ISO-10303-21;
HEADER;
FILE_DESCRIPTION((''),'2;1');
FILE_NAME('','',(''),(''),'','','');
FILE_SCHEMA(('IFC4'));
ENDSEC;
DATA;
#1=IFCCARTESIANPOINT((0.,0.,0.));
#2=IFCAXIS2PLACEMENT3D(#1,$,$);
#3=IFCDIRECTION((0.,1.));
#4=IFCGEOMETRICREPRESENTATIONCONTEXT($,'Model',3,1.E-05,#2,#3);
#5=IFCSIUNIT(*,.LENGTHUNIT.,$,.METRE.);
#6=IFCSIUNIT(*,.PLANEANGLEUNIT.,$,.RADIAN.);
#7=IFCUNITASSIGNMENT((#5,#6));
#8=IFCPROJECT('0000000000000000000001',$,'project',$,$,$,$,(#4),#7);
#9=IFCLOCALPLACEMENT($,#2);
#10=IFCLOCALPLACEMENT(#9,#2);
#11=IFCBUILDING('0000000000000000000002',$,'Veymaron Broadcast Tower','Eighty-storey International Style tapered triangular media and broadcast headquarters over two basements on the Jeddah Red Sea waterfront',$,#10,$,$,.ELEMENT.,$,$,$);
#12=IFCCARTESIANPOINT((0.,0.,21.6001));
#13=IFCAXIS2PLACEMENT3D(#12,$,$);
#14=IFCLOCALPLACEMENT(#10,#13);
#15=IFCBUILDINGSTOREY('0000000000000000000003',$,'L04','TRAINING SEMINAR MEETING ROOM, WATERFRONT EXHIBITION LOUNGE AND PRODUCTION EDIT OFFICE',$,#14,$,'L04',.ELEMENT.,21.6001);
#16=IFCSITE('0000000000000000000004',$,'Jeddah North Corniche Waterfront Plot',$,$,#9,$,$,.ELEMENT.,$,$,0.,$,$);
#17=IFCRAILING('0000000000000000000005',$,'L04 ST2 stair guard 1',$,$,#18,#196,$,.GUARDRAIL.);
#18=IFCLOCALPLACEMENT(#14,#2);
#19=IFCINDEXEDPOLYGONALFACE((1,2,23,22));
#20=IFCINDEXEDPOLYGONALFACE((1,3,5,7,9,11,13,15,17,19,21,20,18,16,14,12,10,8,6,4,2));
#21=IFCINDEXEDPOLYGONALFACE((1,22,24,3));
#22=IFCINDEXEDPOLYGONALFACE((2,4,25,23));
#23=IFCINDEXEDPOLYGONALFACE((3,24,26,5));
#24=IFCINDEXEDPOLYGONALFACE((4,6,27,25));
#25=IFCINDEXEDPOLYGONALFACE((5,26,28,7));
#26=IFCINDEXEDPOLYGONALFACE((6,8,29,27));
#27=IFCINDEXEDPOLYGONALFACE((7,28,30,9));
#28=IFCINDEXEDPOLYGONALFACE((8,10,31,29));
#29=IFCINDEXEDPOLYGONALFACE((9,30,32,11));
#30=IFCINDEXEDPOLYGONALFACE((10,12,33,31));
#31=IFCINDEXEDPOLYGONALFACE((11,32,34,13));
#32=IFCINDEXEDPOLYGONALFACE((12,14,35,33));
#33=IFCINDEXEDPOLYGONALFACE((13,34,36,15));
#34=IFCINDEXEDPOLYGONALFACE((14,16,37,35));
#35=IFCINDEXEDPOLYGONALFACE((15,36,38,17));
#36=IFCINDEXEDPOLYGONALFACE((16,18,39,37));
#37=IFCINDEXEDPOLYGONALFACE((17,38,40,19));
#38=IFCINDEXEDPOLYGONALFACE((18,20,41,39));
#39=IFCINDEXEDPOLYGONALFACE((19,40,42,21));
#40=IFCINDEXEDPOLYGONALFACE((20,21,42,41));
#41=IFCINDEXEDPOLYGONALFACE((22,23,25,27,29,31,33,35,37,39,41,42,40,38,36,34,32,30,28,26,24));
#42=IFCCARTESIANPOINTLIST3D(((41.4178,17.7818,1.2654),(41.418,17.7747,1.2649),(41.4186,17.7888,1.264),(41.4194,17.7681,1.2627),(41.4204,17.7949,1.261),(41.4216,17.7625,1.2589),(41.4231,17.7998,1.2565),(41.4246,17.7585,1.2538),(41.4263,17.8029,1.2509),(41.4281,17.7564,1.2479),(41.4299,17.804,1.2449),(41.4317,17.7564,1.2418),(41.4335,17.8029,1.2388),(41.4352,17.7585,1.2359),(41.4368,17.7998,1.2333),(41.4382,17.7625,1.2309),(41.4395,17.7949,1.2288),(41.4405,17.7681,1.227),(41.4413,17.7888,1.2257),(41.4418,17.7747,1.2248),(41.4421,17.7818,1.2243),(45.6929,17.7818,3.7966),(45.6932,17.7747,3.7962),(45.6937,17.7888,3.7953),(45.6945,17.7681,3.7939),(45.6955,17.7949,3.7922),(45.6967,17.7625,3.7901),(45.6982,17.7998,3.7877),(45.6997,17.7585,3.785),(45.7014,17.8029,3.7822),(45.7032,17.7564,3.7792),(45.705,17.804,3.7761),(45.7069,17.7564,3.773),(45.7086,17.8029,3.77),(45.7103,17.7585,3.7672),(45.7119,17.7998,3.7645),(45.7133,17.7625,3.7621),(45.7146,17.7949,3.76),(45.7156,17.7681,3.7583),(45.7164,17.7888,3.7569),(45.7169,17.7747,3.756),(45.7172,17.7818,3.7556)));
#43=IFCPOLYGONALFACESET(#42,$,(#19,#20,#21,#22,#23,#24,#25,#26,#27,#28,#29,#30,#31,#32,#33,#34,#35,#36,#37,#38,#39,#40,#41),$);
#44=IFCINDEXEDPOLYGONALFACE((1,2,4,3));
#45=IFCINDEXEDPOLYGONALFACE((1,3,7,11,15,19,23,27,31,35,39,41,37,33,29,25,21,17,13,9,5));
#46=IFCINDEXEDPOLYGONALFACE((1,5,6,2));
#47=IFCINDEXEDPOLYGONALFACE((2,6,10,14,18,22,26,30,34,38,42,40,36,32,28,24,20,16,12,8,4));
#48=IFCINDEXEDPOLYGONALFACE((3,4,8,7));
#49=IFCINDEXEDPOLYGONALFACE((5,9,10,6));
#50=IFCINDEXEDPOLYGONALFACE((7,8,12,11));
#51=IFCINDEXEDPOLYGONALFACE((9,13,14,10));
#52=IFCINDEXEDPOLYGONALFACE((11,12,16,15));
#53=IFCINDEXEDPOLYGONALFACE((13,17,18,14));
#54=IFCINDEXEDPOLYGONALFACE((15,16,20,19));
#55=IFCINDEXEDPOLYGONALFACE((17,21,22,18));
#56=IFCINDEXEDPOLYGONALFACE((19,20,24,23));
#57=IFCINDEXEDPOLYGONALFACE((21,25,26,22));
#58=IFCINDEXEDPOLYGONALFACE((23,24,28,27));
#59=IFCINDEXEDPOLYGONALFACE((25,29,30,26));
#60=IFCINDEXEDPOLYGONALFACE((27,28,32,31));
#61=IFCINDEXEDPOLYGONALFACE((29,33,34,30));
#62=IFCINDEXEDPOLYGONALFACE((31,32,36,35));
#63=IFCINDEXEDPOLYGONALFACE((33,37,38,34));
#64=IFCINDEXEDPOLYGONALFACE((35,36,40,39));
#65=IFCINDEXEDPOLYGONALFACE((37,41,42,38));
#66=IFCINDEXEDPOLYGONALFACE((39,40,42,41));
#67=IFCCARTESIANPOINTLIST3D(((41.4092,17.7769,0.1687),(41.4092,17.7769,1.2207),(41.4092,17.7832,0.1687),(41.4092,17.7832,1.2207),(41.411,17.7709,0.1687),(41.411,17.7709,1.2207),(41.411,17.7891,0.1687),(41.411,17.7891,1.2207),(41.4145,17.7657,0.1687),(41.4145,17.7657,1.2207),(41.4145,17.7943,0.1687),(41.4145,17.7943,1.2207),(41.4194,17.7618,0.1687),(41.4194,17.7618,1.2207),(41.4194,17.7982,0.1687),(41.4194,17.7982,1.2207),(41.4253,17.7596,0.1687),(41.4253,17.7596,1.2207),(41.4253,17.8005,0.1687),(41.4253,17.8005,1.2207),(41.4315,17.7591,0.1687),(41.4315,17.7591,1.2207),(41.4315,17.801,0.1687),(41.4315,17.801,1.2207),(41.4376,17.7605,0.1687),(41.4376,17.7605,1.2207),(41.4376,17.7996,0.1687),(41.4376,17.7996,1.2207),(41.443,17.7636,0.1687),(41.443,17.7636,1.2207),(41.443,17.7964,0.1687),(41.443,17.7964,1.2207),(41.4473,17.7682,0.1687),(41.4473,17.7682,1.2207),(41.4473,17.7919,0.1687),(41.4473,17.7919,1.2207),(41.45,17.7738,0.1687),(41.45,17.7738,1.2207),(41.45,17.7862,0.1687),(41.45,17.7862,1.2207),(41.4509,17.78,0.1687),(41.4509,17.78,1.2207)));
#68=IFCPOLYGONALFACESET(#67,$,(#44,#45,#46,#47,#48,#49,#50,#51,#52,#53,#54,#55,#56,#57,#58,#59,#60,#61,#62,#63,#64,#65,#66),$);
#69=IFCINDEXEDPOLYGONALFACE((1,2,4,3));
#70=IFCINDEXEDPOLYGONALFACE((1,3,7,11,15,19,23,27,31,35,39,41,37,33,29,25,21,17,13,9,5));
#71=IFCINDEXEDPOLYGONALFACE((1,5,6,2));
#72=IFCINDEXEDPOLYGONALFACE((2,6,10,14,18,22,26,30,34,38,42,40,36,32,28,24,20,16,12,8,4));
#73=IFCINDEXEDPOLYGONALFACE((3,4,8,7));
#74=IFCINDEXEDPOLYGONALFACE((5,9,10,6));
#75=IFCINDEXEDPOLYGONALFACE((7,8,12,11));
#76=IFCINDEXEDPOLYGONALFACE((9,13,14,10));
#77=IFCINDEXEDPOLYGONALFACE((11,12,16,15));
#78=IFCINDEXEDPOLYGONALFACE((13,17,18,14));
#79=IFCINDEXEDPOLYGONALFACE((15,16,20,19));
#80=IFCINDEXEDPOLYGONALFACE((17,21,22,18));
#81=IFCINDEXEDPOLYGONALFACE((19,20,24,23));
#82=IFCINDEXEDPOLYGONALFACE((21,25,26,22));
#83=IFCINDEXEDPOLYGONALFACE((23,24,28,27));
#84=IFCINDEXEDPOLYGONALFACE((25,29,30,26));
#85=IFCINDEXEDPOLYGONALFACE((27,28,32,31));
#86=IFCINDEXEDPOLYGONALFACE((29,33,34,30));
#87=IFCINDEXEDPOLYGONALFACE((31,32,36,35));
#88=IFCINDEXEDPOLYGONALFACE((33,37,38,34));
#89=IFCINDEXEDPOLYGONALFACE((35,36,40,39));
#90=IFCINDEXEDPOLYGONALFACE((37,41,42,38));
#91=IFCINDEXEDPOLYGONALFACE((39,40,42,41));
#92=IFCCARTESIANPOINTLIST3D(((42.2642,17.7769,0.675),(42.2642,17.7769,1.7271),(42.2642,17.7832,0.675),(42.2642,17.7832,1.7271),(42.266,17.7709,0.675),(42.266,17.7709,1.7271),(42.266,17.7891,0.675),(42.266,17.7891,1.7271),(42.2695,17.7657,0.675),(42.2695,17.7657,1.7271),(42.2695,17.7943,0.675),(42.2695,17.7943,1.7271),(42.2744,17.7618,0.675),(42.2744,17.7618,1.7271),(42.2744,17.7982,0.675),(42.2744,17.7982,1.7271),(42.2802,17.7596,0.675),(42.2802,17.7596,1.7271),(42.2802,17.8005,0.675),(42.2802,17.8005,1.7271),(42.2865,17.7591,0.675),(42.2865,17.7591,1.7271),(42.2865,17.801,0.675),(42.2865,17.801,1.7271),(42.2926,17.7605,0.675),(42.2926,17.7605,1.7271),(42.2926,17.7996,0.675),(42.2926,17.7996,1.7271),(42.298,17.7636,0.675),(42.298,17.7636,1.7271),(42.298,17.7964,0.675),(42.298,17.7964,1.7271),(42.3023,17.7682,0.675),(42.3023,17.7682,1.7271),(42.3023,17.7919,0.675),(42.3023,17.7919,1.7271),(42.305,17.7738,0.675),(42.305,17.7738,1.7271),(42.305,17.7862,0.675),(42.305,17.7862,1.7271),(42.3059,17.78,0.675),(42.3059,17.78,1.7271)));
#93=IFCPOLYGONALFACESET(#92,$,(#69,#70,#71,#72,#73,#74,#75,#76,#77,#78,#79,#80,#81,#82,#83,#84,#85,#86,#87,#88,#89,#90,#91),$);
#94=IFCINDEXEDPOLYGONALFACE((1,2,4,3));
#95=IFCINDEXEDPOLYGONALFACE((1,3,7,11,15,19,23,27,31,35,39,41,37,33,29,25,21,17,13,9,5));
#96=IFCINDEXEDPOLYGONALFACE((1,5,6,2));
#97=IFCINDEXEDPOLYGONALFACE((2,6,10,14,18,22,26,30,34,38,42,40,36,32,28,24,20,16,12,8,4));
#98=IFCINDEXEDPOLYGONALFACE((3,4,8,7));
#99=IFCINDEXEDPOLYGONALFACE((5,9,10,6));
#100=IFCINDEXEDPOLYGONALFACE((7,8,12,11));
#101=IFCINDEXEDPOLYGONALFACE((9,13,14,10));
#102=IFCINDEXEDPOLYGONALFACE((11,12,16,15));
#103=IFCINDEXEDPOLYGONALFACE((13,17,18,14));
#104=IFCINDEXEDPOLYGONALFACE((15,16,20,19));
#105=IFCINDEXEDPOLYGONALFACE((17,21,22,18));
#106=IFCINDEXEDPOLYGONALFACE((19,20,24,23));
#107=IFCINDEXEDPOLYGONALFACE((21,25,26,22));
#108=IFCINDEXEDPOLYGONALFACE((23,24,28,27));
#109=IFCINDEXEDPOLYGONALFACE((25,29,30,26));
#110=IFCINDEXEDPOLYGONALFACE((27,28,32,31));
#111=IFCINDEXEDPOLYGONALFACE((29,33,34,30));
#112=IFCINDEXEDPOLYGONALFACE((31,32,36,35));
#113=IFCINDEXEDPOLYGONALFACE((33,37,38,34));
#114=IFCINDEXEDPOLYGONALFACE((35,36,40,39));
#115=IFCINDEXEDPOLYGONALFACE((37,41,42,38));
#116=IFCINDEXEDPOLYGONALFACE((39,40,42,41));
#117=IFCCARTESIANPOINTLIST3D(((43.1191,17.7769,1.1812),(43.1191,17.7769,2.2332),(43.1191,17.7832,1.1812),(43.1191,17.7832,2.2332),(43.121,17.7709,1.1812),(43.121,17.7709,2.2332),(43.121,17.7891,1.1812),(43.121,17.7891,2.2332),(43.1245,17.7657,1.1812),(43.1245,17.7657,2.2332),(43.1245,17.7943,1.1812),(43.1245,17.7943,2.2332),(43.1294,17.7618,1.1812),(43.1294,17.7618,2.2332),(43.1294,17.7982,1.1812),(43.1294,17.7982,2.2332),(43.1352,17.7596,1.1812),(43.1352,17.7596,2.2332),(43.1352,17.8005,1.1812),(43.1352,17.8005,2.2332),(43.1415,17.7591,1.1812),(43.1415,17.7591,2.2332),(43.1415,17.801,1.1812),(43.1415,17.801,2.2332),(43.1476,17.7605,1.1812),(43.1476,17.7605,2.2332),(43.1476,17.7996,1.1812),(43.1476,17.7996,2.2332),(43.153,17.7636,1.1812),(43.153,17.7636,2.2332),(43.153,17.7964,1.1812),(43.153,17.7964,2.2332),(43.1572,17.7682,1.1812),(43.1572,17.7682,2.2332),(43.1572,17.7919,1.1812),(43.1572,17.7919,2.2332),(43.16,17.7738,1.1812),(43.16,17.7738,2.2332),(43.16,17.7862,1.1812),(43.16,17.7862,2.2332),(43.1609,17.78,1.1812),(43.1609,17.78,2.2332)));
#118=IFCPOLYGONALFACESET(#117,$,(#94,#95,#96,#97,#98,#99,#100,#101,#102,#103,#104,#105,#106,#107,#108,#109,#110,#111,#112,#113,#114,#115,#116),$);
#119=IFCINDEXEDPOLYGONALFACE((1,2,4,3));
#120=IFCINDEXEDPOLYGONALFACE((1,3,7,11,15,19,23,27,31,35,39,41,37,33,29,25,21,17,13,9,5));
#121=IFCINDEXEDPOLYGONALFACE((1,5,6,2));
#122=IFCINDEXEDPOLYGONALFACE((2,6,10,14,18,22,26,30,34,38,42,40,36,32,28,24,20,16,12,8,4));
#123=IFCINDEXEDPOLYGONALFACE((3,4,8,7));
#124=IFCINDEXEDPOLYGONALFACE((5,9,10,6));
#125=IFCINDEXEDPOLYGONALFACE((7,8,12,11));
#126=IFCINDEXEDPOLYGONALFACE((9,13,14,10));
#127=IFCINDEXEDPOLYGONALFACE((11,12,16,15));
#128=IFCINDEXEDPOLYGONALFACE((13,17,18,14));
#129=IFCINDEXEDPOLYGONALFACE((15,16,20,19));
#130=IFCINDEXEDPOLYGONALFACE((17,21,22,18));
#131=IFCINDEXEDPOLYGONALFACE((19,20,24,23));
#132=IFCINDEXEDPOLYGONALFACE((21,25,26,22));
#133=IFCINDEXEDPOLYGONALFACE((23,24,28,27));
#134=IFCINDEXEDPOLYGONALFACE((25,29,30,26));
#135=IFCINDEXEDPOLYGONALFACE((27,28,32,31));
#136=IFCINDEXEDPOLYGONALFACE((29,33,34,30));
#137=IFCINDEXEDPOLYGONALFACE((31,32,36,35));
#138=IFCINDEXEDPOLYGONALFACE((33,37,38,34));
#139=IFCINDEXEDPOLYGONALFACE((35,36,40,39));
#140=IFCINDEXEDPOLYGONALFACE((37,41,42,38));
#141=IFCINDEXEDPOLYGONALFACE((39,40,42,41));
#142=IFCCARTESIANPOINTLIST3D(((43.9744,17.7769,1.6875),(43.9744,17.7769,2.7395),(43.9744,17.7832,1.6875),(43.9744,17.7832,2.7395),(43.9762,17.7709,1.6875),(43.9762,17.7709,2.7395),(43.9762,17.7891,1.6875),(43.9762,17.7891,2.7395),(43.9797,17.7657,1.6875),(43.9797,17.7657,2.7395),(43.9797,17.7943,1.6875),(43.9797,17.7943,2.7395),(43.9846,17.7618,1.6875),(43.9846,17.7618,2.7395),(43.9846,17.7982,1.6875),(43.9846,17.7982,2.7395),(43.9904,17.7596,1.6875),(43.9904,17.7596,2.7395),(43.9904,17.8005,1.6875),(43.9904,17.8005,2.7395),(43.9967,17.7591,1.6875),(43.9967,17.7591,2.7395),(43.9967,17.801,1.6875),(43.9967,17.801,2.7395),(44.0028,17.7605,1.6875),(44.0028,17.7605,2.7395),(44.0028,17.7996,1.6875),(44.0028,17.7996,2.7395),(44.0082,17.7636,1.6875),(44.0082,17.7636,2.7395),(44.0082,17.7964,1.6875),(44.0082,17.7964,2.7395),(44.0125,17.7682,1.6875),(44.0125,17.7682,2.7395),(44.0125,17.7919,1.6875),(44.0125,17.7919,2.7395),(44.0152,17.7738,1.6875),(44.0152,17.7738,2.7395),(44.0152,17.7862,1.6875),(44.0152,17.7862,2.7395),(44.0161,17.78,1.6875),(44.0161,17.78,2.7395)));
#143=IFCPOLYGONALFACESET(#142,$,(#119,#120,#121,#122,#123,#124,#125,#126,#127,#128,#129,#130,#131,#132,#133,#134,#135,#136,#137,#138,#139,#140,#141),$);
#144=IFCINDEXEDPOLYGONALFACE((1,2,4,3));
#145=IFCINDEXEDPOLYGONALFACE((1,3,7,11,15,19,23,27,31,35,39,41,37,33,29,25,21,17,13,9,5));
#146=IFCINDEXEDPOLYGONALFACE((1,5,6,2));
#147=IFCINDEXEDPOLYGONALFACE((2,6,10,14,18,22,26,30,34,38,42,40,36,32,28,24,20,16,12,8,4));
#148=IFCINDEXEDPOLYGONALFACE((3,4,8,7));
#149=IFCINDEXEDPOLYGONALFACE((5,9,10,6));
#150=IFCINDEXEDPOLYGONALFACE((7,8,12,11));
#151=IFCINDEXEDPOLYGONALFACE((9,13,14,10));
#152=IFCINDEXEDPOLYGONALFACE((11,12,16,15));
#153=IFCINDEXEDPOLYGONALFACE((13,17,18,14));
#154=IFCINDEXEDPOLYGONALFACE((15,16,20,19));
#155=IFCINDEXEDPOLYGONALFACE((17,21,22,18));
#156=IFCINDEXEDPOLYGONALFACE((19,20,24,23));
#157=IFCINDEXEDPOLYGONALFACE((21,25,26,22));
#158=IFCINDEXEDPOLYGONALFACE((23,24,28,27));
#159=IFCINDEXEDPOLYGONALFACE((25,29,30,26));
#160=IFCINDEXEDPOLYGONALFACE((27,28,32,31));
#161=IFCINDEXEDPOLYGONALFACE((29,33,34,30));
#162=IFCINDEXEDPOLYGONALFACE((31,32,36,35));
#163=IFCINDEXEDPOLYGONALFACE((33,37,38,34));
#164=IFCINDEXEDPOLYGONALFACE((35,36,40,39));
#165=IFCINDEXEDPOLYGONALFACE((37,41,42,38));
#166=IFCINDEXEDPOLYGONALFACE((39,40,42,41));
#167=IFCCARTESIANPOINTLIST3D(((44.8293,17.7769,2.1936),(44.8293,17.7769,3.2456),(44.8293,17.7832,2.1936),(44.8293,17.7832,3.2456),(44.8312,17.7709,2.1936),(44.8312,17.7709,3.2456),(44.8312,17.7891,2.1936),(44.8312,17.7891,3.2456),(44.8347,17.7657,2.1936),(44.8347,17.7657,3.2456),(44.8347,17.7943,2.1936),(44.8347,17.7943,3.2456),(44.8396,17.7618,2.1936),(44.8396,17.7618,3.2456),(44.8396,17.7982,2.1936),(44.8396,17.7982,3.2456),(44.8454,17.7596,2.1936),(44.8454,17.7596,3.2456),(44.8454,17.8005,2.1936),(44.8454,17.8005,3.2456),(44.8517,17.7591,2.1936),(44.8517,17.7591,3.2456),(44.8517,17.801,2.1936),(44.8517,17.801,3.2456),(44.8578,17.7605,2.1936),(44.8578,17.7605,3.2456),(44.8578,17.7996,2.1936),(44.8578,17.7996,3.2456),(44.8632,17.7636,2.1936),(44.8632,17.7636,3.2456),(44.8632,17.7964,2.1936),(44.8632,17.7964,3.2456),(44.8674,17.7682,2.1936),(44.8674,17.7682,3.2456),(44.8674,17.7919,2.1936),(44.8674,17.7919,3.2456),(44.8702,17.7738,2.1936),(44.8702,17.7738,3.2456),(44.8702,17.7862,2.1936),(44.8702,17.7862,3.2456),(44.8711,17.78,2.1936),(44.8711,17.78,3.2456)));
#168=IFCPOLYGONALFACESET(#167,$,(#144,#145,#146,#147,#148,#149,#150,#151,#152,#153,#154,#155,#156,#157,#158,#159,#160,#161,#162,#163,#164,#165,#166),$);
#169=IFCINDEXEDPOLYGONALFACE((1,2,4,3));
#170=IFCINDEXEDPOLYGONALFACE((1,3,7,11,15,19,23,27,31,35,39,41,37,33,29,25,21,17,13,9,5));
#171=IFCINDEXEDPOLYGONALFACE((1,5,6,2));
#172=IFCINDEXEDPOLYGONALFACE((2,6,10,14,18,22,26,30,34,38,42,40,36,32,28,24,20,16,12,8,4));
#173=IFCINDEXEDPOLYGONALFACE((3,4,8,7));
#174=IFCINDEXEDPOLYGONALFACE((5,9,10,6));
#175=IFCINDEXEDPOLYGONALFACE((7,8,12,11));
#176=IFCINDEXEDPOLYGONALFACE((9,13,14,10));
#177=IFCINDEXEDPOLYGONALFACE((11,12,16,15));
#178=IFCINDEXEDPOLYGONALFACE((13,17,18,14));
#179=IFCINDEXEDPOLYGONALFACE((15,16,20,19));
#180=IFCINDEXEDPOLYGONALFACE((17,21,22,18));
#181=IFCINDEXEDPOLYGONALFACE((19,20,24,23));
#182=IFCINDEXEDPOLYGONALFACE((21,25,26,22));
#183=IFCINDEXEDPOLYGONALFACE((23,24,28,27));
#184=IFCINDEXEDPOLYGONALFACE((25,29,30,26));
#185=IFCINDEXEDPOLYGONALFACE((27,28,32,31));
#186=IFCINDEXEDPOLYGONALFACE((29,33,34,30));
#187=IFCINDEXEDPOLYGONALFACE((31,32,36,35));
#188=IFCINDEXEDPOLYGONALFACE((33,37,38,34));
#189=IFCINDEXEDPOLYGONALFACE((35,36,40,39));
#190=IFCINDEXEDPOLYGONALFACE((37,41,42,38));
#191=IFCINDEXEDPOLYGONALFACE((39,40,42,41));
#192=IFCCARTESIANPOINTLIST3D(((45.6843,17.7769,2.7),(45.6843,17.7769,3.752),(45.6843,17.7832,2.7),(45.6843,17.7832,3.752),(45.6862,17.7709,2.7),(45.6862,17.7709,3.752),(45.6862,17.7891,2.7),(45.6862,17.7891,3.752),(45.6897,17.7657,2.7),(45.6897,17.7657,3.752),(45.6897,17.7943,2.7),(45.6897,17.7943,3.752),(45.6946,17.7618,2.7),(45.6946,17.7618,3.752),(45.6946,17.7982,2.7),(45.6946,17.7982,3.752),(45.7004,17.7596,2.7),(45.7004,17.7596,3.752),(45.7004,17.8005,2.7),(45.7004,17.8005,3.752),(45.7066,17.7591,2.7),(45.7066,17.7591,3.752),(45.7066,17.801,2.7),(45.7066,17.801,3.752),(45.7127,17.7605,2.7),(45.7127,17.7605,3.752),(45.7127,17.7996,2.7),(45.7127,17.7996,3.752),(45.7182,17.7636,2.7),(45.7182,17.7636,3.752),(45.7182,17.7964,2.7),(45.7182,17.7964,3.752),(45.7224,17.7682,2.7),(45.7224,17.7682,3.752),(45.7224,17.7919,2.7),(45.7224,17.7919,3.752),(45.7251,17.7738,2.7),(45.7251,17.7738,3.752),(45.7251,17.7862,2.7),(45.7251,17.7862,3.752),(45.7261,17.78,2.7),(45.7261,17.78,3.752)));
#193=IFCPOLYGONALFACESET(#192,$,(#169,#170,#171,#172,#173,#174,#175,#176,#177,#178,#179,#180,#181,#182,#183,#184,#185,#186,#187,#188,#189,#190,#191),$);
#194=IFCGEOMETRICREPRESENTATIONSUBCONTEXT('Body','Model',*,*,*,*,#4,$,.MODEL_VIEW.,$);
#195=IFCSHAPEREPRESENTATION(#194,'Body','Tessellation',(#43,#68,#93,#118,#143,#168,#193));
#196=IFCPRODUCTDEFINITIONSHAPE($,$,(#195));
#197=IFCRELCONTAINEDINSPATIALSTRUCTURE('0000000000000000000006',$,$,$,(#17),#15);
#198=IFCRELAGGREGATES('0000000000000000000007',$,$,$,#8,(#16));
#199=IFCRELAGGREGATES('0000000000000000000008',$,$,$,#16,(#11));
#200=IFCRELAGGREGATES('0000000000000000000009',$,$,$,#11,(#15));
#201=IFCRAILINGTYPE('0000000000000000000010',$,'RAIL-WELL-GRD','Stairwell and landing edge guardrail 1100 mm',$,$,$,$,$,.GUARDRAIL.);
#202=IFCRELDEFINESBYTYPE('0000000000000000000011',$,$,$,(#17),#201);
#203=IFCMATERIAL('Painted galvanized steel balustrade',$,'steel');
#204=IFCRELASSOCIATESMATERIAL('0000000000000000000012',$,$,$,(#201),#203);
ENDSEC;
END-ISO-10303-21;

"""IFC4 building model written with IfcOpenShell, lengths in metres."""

from ifc_helpers import new_model, si_unit, direction, frame, origin, origin_2d, place, context, subcontext, project, spatial, circle, extrude, material, type_object, element, save


model = new_model("IFC4")

# Units and contexts
model_context = context("Model", 3, precision=1e-05, world=origin(), true_north=direction((0.0, 1.0)))
body_context = subcontext(model_context, "Body", "Model", "MODEL_VIEW")
ifc_project = project(units=[si_unit("LENGTHUNIT", "METRE"), si_unit("PLANEANGLEUNIT", "RADIAN")], contexts=[model_context])

# Site, building, storey
site_placement = place(None, origin())
site = spatial("IfcSite", under=ifc_project, at=site_placement, Name="Jeddah North Corniche Waterfront Plot", CompositionType="ELEMENT", RefElevation=0.0)
building_placement = place(site_placement, origin())
building = spatial("IfcBuilding", under=site, at=building_placement, Name="Veymaron Broadcast Tower", Description="Eighty-storey International Style tapered triangular media and broadcast headquarters over two basements on the Jeddah Red Sea waterfront", CompositionType="ELEMENT")
storey_placement = place(building_placement, frame((0.0, 0.0, 21.6001)))
storey = spatial("IfcBuildingStorey", under=building, at=storey_placement, Name="L04", Description="TRAINING SEMINAR MEETING ROOM, WATERFRONT EXHIBITION LOUNGE AND PRODUCTION EDIT OFFICE", LongName="L04", CompositionType="ELEMENT", Elevation=21.6001)

# Railing
ifc_material_1 = material(Name="Painted galvanized steel balustrade", Category="steel")
railing_type_1 = type_object("IfcRailingType", Name="RAIL-WELL-GRD", Description="Stairwell and landing edge guardrail 1100 mm", PredefinedType="GUARDRAIL", material=ifc_material_1)
railing_1_placement = place(storey_placement, frame((41.4299, 17.78, 0.1687)))
element("IfcRailing", 1, at=railing_1_placement, inside=storey, type_object=railing_type_1, Name="L04 ST2 stair guard 1", PredefinedType="GUARDRAIL", context=body_context, shape_type="SweptSolid", body=[
    extrude(circle(Radius=0.0239, at=origin_2d()), frame((0.0, 0.0, 1.0762), z_axis=(0.860483, 0.0, 0.509479), x_axis=(0.0, 1.0, 0.0)), (0.0, 0.0, 1.0), 4.9683),
    extrude(circle(Radius=0.021, at=origin_2d()), origin(), (0.0, 0.0, 1.0), 1.052),
    extrude(circle(Radius=0.021, at=origin_2d()), frame((0.855, 0.0, 0.5063)), (0.0, 0.0, 1.0), 1.052),
    extrude(circle(Radius=0.021, at=origin_2d()), frame((1.71, 0.0, 1.0125)), (0.0, 0.0, 1.0), 1.052),
    extrude(circle(Radius=0.021, at=origin_2d()), frame((2.5652, 0.0, 1.5188)), (0.0, 0.0, 1.0), 1.052),
    extrude(circle(Radius=0.021, at=origin_2d()), frame((3.4202, 0.0, 2.0249)), (0.0, 0.0, 1.0), 1.052),
    extrude(circle(Radius=0.021, at=origin_2d()), frame((4.2751, 0.0, 2.5312)), (0.0, 0.0, 1.0), 1.052),
])

save(model, "model.ifc")
